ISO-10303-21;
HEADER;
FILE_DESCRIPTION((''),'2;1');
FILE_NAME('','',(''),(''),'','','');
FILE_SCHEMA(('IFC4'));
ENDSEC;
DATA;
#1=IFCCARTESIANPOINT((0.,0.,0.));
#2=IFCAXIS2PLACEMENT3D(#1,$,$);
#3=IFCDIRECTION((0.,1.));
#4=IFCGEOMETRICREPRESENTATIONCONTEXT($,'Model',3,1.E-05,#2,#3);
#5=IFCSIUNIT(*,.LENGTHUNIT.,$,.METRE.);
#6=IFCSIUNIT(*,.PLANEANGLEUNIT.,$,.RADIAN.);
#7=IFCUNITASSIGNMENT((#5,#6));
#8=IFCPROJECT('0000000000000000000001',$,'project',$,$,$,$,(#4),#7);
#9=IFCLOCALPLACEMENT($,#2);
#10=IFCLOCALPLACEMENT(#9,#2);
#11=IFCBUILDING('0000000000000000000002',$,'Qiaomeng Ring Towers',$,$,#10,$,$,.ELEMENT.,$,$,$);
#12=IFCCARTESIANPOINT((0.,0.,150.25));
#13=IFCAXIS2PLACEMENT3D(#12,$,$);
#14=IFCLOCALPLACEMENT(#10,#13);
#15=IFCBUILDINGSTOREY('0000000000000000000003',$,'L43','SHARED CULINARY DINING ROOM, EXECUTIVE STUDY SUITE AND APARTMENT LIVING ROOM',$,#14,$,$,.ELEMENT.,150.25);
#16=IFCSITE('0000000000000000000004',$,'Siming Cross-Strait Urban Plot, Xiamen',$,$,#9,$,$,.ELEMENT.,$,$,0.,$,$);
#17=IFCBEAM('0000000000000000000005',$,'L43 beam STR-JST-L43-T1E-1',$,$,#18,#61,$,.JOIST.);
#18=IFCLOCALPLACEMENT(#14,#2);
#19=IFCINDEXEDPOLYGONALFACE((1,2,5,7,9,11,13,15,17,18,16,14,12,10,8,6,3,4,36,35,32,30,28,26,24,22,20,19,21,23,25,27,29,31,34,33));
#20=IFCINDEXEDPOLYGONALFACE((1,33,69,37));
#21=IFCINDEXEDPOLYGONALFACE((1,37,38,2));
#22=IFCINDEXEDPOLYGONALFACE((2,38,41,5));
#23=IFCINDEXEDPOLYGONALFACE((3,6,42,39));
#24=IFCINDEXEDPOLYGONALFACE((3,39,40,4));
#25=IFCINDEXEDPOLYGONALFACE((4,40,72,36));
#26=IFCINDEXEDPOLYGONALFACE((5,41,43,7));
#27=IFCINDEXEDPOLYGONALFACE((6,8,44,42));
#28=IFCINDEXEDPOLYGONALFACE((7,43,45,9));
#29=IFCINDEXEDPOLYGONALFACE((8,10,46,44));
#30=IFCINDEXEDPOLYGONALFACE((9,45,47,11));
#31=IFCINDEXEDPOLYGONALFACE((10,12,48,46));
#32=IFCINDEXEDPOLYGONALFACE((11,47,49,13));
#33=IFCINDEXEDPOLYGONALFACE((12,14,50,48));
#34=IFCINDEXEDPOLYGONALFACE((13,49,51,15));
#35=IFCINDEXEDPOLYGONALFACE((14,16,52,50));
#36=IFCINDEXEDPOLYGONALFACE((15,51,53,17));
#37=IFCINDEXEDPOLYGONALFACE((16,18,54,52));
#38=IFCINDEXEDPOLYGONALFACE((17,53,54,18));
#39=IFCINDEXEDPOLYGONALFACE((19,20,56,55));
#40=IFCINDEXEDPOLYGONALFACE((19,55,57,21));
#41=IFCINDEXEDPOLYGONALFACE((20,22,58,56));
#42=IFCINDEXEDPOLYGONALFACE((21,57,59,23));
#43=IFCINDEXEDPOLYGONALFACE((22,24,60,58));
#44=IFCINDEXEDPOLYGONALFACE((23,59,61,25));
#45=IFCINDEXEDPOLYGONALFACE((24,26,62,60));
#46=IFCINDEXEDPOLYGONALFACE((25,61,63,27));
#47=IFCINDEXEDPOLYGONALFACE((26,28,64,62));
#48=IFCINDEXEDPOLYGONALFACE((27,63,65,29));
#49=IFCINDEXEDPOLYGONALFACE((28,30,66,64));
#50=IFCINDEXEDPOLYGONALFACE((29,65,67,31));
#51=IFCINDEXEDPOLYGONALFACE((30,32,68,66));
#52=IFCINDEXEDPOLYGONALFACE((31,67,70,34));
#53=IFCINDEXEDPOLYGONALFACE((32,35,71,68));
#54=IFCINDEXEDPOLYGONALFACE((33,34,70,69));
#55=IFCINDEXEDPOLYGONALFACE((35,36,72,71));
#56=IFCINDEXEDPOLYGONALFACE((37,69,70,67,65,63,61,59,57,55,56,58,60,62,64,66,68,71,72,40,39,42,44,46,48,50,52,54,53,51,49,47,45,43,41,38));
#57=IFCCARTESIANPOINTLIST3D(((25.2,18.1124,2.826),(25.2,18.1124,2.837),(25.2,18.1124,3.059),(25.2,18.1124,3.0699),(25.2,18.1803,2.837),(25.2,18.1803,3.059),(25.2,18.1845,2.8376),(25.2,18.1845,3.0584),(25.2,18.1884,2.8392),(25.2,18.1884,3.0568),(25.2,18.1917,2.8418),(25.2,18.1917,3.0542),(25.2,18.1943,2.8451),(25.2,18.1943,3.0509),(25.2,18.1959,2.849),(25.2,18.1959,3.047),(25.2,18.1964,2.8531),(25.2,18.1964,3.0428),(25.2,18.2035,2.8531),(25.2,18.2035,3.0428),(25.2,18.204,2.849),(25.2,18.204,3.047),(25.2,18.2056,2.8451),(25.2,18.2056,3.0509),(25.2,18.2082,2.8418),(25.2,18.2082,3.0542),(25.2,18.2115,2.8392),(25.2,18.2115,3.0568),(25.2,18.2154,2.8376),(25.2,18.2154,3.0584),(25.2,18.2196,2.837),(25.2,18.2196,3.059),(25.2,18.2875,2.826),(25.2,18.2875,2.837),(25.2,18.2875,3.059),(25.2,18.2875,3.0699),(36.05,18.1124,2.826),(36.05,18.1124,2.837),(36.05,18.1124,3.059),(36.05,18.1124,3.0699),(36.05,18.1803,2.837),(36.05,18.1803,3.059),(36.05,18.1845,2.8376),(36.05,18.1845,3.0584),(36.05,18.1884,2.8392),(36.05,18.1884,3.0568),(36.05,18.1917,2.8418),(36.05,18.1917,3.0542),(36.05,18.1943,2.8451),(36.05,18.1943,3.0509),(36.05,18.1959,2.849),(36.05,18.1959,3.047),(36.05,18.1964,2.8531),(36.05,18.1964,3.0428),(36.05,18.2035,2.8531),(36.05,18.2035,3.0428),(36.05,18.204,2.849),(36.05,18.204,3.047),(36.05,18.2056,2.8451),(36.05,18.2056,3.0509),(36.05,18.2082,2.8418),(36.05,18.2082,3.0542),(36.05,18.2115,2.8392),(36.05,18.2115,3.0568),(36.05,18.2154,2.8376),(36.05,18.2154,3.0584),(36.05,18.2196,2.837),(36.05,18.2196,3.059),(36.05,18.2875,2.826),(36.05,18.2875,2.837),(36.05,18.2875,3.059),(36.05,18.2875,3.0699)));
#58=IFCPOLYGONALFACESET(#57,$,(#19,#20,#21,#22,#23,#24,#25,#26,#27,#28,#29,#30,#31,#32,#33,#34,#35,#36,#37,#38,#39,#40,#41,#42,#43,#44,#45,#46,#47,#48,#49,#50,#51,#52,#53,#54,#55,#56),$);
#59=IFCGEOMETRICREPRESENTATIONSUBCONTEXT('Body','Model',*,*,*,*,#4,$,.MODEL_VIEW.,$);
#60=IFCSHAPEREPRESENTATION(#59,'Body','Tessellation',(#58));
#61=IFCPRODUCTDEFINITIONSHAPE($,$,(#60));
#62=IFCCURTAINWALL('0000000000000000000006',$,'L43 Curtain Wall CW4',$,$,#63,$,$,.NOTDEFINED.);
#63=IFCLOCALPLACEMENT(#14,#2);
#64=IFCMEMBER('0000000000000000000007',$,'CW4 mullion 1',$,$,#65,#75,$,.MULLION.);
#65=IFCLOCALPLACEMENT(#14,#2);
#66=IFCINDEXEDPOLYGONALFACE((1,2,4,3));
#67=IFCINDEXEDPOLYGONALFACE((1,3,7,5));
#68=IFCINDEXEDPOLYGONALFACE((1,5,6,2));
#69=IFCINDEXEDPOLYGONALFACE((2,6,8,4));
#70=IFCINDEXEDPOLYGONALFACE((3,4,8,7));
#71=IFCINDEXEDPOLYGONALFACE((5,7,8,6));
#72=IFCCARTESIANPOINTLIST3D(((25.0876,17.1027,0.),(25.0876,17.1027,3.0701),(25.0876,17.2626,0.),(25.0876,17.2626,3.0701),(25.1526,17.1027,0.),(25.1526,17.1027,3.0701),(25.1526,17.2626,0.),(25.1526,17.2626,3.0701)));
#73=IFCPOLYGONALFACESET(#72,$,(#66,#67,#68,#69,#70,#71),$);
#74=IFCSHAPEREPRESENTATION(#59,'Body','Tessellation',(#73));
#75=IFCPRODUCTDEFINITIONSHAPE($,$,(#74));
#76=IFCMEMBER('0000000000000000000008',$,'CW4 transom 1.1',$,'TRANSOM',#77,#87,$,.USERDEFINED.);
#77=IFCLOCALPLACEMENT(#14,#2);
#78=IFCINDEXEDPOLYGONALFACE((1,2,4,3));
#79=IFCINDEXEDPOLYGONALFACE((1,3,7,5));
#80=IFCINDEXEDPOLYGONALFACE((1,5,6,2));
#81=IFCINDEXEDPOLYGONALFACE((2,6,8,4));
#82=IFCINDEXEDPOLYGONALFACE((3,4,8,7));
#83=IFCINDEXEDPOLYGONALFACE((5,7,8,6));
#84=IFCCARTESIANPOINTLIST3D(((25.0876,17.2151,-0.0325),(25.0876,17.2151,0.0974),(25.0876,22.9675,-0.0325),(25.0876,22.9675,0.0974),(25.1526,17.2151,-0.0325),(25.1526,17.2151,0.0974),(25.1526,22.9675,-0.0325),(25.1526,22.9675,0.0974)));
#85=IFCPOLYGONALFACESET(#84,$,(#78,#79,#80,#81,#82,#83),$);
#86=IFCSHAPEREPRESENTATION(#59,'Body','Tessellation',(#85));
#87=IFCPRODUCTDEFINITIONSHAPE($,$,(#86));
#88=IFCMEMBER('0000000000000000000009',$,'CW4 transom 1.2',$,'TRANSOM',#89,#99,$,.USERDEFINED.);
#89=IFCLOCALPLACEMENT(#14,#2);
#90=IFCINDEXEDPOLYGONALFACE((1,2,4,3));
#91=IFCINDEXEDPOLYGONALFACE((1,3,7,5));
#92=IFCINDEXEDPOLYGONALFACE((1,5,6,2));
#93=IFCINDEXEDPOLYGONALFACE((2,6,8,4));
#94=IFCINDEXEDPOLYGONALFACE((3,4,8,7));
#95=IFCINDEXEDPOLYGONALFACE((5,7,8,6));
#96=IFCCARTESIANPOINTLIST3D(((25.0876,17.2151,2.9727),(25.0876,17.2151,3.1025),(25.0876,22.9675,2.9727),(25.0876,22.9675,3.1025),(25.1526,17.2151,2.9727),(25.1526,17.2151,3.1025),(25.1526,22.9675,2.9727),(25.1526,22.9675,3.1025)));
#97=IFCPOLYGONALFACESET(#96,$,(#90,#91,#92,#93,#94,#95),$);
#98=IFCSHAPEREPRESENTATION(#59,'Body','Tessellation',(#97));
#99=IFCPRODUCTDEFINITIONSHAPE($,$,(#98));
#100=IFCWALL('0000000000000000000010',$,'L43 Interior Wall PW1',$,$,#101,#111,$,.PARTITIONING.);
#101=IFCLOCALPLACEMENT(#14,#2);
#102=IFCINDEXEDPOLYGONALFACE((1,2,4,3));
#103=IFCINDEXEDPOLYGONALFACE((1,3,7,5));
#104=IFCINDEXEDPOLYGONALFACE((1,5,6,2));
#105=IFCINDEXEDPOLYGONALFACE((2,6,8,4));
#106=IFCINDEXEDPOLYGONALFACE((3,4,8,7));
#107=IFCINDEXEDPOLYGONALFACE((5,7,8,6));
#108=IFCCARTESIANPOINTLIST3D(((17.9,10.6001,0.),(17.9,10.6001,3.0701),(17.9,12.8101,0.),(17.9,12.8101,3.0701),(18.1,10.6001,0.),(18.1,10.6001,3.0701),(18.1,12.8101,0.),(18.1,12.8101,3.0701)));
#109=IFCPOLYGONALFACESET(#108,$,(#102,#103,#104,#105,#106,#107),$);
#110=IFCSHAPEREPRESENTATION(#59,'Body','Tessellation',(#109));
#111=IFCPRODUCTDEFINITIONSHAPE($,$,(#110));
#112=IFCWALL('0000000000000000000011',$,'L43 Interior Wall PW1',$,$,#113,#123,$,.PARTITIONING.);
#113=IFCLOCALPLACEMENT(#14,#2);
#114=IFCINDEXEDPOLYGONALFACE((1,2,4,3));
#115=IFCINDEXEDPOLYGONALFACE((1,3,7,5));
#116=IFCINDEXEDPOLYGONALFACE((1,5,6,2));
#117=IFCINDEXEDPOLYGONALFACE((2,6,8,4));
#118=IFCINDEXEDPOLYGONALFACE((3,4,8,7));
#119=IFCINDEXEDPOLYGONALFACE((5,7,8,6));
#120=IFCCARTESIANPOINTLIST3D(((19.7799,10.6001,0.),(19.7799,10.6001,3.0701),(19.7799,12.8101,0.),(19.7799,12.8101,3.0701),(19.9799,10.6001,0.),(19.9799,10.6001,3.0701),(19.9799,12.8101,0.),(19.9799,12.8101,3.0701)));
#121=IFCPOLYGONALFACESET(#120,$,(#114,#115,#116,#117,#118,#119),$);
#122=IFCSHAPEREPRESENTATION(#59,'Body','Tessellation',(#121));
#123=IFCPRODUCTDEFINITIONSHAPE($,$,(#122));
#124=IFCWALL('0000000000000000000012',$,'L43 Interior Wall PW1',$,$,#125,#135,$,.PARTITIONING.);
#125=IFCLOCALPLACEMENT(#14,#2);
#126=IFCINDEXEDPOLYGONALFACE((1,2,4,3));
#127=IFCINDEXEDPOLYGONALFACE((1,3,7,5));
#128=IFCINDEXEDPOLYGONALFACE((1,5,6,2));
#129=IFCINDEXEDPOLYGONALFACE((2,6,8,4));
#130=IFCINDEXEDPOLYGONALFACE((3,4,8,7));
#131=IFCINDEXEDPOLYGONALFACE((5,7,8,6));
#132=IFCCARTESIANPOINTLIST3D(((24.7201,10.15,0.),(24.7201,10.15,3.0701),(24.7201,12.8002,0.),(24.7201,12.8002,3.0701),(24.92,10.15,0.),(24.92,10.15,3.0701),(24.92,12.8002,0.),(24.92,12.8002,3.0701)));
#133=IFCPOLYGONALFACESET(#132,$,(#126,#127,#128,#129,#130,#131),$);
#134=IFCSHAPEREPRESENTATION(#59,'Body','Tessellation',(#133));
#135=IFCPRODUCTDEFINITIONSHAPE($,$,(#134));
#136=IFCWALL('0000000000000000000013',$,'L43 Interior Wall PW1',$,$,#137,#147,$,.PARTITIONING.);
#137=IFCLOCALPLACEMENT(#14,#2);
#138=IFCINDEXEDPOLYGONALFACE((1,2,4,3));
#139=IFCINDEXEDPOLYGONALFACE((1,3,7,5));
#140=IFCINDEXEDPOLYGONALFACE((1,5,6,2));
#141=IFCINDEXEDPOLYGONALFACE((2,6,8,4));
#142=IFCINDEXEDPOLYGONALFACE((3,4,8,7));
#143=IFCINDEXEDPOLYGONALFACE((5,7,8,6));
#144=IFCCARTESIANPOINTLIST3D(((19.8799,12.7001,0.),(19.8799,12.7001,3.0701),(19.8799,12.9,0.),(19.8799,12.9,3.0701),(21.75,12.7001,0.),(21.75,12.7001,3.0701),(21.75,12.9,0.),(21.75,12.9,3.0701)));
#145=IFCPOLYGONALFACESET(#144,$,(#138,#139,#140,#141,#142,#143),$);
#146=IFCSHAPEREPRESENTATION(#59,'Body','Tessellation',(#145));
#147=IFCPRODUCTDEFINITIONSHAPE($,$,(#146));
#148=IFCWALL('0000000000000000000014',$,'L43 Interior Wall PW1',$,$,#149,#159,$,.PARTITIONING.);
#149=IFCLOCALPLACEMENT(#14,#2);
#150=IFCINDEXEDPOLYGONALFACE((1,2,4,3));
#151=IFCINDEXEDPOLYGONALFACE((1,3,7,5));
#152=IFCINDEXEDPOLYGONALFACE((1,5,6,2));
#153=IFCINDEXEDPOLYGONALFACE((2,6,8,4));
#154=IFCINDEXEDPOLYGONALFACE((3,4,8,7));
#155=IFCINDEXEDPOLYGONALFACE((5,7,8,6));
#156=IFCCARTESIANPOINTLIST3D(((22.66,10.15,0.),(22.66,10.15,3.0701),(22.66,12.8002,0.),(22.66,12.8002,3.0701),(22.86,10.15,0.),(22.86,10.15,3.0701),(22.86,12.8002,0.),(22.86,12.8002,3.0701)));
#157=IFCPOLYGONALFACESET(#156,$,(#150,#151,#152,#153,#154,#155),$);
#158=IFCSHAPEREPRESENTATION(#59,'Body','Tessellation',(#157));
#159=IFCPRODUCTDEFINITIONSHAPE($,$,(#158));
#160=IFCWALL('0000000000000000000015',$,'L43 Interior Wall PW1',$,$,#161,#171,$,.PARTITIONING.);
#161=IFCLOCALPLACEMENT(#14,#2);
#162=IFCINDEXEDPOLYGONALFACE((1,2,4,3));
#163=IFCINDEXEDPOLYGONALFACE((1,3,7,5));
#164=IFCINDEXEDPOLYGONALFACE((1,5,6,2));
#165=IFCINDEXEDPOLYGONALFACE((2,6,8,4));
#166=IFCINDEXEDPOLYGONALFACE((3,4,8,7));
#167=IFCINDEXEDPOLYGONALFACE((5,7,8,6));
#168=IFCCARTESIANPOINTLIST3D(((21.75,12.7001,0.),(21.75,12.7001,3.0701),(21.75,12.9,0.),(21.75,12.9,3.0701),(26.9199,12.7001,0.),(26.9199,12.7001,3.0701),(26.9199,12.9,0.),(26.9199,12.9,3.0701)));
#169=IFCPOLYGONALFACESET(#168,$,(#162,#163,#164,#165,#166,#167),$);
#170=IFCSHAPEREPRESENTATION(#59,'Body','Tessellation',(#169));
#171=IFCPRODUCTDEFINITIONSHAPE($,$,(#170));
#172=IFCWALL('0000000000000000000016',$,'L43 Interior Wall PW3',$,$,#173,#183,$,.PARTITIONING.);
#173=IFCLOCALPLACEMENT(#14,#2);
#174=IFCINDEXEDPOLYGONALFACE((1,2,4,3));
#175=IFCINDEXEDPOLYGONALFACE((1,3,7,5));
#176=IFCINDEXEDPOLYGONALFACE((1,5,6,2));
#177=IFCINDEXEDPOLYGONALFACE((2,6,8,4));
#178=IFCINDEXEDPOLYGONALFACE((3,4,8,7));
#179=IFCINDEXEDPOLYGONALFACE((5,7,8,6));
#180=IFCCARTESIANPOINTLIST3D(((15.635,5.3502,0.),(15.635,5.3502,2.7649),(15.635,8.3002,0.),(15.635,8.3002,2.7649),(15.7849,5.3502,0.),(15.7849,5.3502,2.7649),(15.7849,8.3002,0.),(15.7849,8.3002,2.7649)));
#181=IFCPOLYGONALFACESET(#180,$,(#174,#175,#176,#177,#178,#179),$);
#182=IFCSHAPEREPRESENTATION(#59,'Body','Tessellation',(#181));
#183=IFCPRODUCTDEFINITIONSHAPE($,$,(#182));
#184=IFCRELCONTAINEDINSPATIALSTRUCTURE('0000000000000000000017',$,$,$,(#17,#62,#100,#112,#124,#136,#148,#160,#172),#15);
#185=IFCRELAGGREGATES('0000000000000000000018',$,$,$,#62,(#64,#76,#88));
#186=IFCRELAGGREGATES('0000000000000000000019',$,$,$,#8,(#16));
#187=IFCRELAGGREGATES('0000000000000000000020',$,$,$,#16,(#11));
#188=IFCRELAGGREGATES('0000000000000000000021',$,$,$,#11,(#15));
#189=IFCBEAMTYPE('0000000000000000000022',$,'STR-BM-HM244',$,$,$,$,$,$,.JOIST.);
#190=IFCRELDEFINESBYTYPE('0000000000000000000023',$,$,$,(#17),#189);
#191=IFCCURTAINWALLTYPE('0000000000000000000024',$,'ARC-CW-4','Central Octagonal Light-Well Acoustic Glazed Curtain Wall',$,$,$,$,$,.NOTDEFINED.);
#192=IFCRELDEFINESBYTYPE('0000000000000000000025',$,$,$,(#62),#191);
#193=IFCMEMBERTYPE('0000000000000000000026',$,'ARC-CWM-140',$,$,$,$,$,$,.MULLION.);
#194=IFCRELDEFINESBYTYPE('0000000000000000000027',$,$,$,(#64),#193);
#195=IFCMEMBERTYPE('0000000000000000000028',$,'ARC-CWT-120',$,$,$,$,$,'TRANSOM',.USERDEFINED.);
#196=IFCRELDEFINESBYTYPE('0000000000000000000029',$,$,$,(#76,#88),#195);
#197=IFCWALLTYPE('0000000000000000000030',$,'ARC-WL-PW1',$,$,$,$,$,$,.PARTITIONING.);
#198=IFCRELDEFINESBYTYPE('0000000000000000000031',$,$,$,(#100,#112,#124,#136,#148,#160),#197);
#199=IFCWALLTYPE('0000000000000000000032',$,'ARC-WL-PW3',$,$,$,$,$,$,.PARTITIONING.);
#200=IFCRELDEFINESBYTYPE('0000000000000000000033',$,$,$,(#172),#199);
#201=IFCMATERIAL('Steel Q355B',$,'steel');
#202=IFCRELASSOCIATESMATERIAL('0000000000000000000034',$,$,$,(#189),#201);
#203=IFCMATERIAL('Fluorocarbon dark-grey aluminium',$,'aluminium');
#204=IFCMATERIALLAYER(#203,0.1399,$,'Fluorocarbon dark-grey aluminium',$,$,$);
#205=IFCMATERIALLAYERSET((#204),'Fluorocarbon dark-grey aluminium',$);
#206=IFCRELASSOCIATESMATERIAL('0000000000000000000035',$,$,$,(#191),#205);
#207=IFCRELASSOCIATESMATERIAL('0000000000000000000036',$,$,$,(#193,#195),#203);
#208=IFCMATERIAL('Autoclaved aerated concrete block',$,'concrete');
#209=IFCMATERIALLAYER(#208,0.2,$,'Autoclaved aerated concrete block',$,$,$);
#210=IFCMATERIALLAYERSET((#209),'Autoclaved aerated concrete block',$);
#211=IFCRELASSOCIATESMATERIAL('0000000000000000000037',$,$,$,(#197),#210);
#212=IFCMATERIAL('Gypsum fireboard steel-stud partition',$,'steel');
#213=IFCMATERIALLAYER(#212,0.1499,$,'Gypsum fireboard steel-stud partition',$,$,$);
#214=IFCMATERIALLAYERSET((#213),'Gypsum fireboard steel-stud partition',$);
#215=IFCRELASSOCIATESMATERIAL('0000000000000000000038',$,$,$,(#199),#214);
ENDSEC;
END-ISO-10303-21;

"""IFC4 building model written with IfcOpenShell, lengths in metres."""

from ifc_helpers import new_model, si_unit, direction, frame, frame_2d, origin, origin_2d, place, context, subcontext, project, spatial, rectangle, i_section, extrude, source, transform, mapped, material, layer, layer_set, material_profile, profile_set, type_object, element, aggregate, save


model = new_model("IFC4")

# Units and contexts
model_context = context("Model", 3, precision=1e-05, world=origin(), true_north=direction((0.0, 1.0)))
body_context = subcontext(model_context, "Body", "Model", "MODEL_VIEW")
ifc_project = project(units=[si_unit("LENGTHUNIT", "METRE"), si_unit("PLANEANGLEUNIT", "RADIAN")], contexts=[model_context])

# Site, building, storey
site_placement = place(None, origin())
site = spatial("IfcSite", under=ifc_project, at=site_placement, Name="Siming Cross-Strait Urban Plot, Xiamen", CompositionType="ELEMENT", RefElevation=0.0)
building_placement = place(site_placement, origin())
building = spatial("IfcBuilding", under=site, at=building_placement, Name="Qiaomeng Ring Towers", CompositionType="ELEMENT")
storey_placement = place(building_placement, frame((0.0, 0.0, 150.25)))
storey = spatial("IfcBuildingStorey", under=building, at=storey_placement, Name="L43", Description="SHARED CULINARY DINING ROOM, EXECUTIVE STUDY SUITE AND APARTMENT LIVING ROOM", CompositionType="ELEMENT", Elevation=150.25)

# Beam
ifc_material_1 = material(Name="Steel Q355B", Category="steel")
ifc_material_profile_1 = material_profile(ifc_material_1, i_section(OverallWidth=0.175, OverallDepth=0.2439, WebThickness=0.0071, FlangeThickness=0.011, FilletRadius=0.0161, at=origin_2d()), Name="HM 244x175x7x11")
ifc_profile_set_1 = profile_set([ifc_material_profile_1], Name="Steel Q355B")
beam_type_1 = type_object("IfcBeamType", Name="STR-BM-HM244", PredefinedType="JOIST", material=ifc_profile_set_1)
shared_shape_1 = source(origin(), body_context, "Body", "SweptSolid", [
    extrude(i_section(OverallWidth=0.175, OverallDepth=0.2439, WebThickness=0.0071, FlangeThickness=0.011, FilletRadius=0.0161, at=origin_2d()), origin(), (0.0, 0.0, 1.0), 10.8501),
])
beam_1_placement = place(storey_placement, frame((25.2, 18.2, 2.948), z_axis=(1.0, 0.0, 0.0), x_axis=(0.0, 1.0, 0.0)))
element("IfcBeam", 1, at=beam_1_placement, inside=storey, type_object=beam_type_1, Name="L43 beam STR-JST-L43-T1E-1", PredefinedType="JOIST", context=body_context, shape_type="MappedRepresentation", body=[
    mapped(shared_shape_1, transform((0.0, 0.0, 0.0), x_axis=(1.0, 0.0, 0.0), y_axis=(0.0, 1.0, 0.0), z_axis=(0.0, 0.0, 1.0), scale=1.0)),
])

# Curtain wall, members
ifc_material_2 = material(Name="Fluorocarbon dark-grey aluminium", Category="aluminium")
ifc_layer_1 = layer(ifc_material_2, 0.1399, Name="Fluorocarbon dark-grey aluminium")
ifc_layer_set_1 = layer_set([ifc_layer_1], Name="Fluorocarbon dark-grey aluminium")
curtain_wall_type = type_object("IfcCurtainWallType", Name="ARC-CW-4", Description="Central Octagonal Light-Well Acoustic Glazed Curtain Wall", PredefinedType="NOTDEFINED", material=ifc_layer_set_1)
curtain_wall_placement = place(storey_placement, origin())
curtain_wall = element("IfcCurtainWall", 2, at=curtain_wall_placement, inside=storey, type_object=curtain_wall_type, Name="L43 Curtain Wall CW4", PredefinedType="NOTDEFINED")
ifc_material_profile_2 = material_profile(ifc_material_2, rectangle(XDim=0.0649, YDim=0.1599, at=origin_2d()), Name="ALU MULL 65x160")
ifc_profile_set_2 = profile_set([ifc_material_profile_2], Name="Fluorocarbon dark-grey aluminium")
member_type_1 = type_object("IfcMemberType", Name="ARC-CWM-140", PredefinedType="MULLION", material=ifc_profile_set_2)
shared_shape_2 = source(origin(), body_context, "Body", "SweptSolid", [
    extrude(rectangle(XDim=0.0649, YDim=0.1599, at=origin_2d()), origin(), (0.0, 0.0, 1.0), 3.0701),
])
member_1_placement = place(storey_placement, frame((25.1201, 17.1826, 0.0), z_axis=(0.0, 0.0, 1.0), x_axis=(-1.0, 0.0, 0.0)))
member_1 = element("IfcMember", 3, at=member_1_placement, type_object=member_type_1, Name="CW4 mullion 1", PredefinedType="MULLION", context=body_context, shape_type="MappedRepresentation", body=[
    mapped(shared_shape_2, transform((0.0, 0.0, 0.0), x_axis=(1.0, 0.0, 0.0), y_axis=(0.0, 1.0, 0.0), z_axis=(0.0, 0.0, 1.0), scale=1.0)),
])
ifc_material_profile_3 = material_profile(ifc_material_2, rectangle(XDim=0.0649, YDim=0.1299, at=origin_2d()), Name="ALU TRAN 65x130")
ifc_profile_set_3 = profile_set([ifc_material_profile_3], Name="Fluorocarbon dark-grey aluminium")
member_type_2 = type_object("IfcMemberType", Name="ARC-CWT-120", ElementType="TRANSOM", PredefinedType="USERDEFINED", material=ifc_profile_set_3)
shared_shape_3 = source(origin(), body_context, "Body", "SweptSolid", [
    extrude(rectangle(XDim=0.0649, YDim=0.1299, at=origin_2d()), origin(), (0.0, 0.0, 1.0), 5.7524),
])
member_2_placement = place(storey_placement, frame((25.1201, 17.2151, 0.0325), z_axis=(0.0, 1.0, 0.0), x_axis=(-1.0, 0.0, 0.0)))
member_2 = element("IfcMember", 4, at=member_2_placement, type_object=member_type_2, Name="CW4 transom 1.1", ObjectType="TRANSOM", PredefinedType="USERDEFINED", context=body_context, shape_type="MappedRepresentation", body=[
    mapped(shared_shape_3, transform((0.0, 0.0, 0.0), x_axis=(1.0, 0.0, 0.0), y_axis=(0.0, 1.0, 0.0), z_axis=(0.0, 0.0, 1.0), scale=1.0)),
])
member_3_placement = place(storey_placement, frame((25.1201, 17.2151, 3.0376), z_axis=(0.0, 1.0, 0.0), x_axis=(-1.0, 0.0, 0.0)))
member_3 = element("IfcMember", 5, at=member_3_placement, type_object=member_type_2, Name="CW4 transom 1.2", ObjectType="TRANSOM", PredefinedType="USERDEFINED", context=body_context, shape_type="MappedRepresentation", body=[
    mapped(shared_shape_3, transform((0.0, 0.0, 0.0), x_axis=(1.0, 0.0, 0.0), y_axis=(0.0, 1.0, 0.0), z_axis=(0.0, 0.0, 1.0), scale=1.0)),
])
aggregate(curtain_wall, [member_1, member_2, member_3])

# Walls
ifc_material_3 = material(Name="Autoclaved aerated concrete block", Category="concrete")
ifc_layer_2 = layer(ifc_material_3, 0.2, Name="Autoclaved aerated concrete block")
ifc_layer_set_2 = layer_set([ifc_layer_2], Name="Autoclaved aerated concrete block")
wall_type_1 = type_object("IfcWallType", Name="ARC-WL-PW1", PredefinedType="PARTITIONING", material=ifc_layer_set_2)
for number, where, z_axis, x_axis, name in (
    (6, (18.0, 10.6001, 0.0), (0.0, 0.0, 1.0), (0.0, 1.0, 0.0), "L43 Interior Wall PW1"),
    (7, (19.8799, 10.6001, 0.0), (0.0, 0.0, 1.0), (0.0, 1.0, 0.0), "L43 Interior Wall PW1"),
):
    element("IfcWall", number, at=place(storey_placement, frame(where, z_axis=z_axis, x_axis=x_axis)), inside=storey, type_object=wall_type_1, Name=name, PredefinedType="PARTITIONING", context=body_context, shape_type="SweptSolid", body=[
        extrude(rectangle(XDim=2.21, YDim=0.2, at=frame_2d((1.105, 0.0))), origin(), (0.0, 0.0, 1.0), 3.0701),
    ])
wall_1_placement = place(storey_placement, frame((24.8201, 10.1499, 0.0), z_axis=(0.0, 0.0, 1.0), x_axis=(0.0, 1.0, 0.0)))
element("IfcWall", 8, at=wall_1_placement, inside=storey, type_object=wall_type_1, Name="L43 Interior Wall PW1", PredefinedType="PARTITIONING", context=body_context, shape_type="SweptSolid", body=[
    extrude(rectangle(XDim=2.6501, YDim=0.2, at=frame_2d((1.3252, 0.0))), origin(), (0.0, 0.0, 1.0), 3.0701),
])
wall_2_placement = place(storey_placement, frame((19.8799, 12.8, 0.0), z_axis=(0.0, 0.0, 1.0), x_axis=(1.0, 0.0, 0.0)))
element("IfcWall", 9, at=wall_2_placement, inside=storey, type_object=wall_type_1, Name="L43 Interior Wall PW1", PredefinedType="PARTITIONING", context=body_context, shape_type="SweptSolid", body=[
    extrude(rectangle(XDim=1.8701, YDim=0.2, at=frame_2d((0.9351, 0.0))), origin(), (0.0, 0.0, 1.0), 3.0701),
])
wall_3_placement = place(storey_placement, frame((22.76, 10.1499, 0.0), z_axis=(0.0, 0.0, 1.0), x_axis=(0.0, 1.0, 0.0)))
element("IfcWall", 10, at=wall_3_placement, inside=storey, type_object=wall_type_1, Name="L43 Interior Wall PW1", PredefinedType="PARTITIONING", context=body_context, shape_type="SweptSolid", body=[
    extrude(rectangle(XDim=2.6501, YDim=0.2, at=frame_2d((1.3252, 0.0))), origin(), (0.0, 0.0, 1.0), 3.0701),
])
wall_4_placement = place(storey_placement, frame((21.75, 12.8, 0.0), z_axis=(0.0, 0.0, 1.0), x_axis=(1.0, 0.0, 0.0)))
element("IfcWall", 11, at=wall_4_placement, inside=storey, type_object=wall_type_1, Name="L43 Interior Wall PW1", PredefinedType="PARTITIONING", context=body_context, shape_type="SweptSolid", body=[
    extrude(rectangle(XDim=5.1699, YDim=0.2, at=frame_2d((2.585, 0.0))), origin(), (0.0, 0.0, 1.0), 3.0701),
])
ifc_material_4 = material(Name="Gypsum fireboard steel-stud partition", Category="steel")
ifc_layer_3 = layer(ifc_material_4, 0.1499, Name="Gypsum fireboard steel-stud partition")
ifc_layer_set_3 = layer_set([ifc_layer_3], Name="Gypsum fireboard steel-stud partition")
wall_type_2 = type_object("IfcWallType", Name="ARC-WL-PW3", PredefinedType="PARTITIONING", material=ifc_layer_set_3)
wall_5_placement = place(storey_placement, frame((15.71, 5.3501, 0.0), z_axis=(0.0, 0.0, 1.0), x_axis=(0.0, 1.0, 0.0)))
element("IfcWall", 12, at=wall_5_placement, inside=storey, type_object=wall_type_2, Name="L43 Interior Wall PW3", PredefinedType="PARTITIONING", context=body_context, shape_type="SweptSolid", body=[
    extrude(rectangle(XDim=2.95, YDim=0.1499, at=frame_2d((1.4751, 0.0))), origin(), (0.0, 0.0, 1.0), 2.7649),
])

save(model, "model.ifc")
